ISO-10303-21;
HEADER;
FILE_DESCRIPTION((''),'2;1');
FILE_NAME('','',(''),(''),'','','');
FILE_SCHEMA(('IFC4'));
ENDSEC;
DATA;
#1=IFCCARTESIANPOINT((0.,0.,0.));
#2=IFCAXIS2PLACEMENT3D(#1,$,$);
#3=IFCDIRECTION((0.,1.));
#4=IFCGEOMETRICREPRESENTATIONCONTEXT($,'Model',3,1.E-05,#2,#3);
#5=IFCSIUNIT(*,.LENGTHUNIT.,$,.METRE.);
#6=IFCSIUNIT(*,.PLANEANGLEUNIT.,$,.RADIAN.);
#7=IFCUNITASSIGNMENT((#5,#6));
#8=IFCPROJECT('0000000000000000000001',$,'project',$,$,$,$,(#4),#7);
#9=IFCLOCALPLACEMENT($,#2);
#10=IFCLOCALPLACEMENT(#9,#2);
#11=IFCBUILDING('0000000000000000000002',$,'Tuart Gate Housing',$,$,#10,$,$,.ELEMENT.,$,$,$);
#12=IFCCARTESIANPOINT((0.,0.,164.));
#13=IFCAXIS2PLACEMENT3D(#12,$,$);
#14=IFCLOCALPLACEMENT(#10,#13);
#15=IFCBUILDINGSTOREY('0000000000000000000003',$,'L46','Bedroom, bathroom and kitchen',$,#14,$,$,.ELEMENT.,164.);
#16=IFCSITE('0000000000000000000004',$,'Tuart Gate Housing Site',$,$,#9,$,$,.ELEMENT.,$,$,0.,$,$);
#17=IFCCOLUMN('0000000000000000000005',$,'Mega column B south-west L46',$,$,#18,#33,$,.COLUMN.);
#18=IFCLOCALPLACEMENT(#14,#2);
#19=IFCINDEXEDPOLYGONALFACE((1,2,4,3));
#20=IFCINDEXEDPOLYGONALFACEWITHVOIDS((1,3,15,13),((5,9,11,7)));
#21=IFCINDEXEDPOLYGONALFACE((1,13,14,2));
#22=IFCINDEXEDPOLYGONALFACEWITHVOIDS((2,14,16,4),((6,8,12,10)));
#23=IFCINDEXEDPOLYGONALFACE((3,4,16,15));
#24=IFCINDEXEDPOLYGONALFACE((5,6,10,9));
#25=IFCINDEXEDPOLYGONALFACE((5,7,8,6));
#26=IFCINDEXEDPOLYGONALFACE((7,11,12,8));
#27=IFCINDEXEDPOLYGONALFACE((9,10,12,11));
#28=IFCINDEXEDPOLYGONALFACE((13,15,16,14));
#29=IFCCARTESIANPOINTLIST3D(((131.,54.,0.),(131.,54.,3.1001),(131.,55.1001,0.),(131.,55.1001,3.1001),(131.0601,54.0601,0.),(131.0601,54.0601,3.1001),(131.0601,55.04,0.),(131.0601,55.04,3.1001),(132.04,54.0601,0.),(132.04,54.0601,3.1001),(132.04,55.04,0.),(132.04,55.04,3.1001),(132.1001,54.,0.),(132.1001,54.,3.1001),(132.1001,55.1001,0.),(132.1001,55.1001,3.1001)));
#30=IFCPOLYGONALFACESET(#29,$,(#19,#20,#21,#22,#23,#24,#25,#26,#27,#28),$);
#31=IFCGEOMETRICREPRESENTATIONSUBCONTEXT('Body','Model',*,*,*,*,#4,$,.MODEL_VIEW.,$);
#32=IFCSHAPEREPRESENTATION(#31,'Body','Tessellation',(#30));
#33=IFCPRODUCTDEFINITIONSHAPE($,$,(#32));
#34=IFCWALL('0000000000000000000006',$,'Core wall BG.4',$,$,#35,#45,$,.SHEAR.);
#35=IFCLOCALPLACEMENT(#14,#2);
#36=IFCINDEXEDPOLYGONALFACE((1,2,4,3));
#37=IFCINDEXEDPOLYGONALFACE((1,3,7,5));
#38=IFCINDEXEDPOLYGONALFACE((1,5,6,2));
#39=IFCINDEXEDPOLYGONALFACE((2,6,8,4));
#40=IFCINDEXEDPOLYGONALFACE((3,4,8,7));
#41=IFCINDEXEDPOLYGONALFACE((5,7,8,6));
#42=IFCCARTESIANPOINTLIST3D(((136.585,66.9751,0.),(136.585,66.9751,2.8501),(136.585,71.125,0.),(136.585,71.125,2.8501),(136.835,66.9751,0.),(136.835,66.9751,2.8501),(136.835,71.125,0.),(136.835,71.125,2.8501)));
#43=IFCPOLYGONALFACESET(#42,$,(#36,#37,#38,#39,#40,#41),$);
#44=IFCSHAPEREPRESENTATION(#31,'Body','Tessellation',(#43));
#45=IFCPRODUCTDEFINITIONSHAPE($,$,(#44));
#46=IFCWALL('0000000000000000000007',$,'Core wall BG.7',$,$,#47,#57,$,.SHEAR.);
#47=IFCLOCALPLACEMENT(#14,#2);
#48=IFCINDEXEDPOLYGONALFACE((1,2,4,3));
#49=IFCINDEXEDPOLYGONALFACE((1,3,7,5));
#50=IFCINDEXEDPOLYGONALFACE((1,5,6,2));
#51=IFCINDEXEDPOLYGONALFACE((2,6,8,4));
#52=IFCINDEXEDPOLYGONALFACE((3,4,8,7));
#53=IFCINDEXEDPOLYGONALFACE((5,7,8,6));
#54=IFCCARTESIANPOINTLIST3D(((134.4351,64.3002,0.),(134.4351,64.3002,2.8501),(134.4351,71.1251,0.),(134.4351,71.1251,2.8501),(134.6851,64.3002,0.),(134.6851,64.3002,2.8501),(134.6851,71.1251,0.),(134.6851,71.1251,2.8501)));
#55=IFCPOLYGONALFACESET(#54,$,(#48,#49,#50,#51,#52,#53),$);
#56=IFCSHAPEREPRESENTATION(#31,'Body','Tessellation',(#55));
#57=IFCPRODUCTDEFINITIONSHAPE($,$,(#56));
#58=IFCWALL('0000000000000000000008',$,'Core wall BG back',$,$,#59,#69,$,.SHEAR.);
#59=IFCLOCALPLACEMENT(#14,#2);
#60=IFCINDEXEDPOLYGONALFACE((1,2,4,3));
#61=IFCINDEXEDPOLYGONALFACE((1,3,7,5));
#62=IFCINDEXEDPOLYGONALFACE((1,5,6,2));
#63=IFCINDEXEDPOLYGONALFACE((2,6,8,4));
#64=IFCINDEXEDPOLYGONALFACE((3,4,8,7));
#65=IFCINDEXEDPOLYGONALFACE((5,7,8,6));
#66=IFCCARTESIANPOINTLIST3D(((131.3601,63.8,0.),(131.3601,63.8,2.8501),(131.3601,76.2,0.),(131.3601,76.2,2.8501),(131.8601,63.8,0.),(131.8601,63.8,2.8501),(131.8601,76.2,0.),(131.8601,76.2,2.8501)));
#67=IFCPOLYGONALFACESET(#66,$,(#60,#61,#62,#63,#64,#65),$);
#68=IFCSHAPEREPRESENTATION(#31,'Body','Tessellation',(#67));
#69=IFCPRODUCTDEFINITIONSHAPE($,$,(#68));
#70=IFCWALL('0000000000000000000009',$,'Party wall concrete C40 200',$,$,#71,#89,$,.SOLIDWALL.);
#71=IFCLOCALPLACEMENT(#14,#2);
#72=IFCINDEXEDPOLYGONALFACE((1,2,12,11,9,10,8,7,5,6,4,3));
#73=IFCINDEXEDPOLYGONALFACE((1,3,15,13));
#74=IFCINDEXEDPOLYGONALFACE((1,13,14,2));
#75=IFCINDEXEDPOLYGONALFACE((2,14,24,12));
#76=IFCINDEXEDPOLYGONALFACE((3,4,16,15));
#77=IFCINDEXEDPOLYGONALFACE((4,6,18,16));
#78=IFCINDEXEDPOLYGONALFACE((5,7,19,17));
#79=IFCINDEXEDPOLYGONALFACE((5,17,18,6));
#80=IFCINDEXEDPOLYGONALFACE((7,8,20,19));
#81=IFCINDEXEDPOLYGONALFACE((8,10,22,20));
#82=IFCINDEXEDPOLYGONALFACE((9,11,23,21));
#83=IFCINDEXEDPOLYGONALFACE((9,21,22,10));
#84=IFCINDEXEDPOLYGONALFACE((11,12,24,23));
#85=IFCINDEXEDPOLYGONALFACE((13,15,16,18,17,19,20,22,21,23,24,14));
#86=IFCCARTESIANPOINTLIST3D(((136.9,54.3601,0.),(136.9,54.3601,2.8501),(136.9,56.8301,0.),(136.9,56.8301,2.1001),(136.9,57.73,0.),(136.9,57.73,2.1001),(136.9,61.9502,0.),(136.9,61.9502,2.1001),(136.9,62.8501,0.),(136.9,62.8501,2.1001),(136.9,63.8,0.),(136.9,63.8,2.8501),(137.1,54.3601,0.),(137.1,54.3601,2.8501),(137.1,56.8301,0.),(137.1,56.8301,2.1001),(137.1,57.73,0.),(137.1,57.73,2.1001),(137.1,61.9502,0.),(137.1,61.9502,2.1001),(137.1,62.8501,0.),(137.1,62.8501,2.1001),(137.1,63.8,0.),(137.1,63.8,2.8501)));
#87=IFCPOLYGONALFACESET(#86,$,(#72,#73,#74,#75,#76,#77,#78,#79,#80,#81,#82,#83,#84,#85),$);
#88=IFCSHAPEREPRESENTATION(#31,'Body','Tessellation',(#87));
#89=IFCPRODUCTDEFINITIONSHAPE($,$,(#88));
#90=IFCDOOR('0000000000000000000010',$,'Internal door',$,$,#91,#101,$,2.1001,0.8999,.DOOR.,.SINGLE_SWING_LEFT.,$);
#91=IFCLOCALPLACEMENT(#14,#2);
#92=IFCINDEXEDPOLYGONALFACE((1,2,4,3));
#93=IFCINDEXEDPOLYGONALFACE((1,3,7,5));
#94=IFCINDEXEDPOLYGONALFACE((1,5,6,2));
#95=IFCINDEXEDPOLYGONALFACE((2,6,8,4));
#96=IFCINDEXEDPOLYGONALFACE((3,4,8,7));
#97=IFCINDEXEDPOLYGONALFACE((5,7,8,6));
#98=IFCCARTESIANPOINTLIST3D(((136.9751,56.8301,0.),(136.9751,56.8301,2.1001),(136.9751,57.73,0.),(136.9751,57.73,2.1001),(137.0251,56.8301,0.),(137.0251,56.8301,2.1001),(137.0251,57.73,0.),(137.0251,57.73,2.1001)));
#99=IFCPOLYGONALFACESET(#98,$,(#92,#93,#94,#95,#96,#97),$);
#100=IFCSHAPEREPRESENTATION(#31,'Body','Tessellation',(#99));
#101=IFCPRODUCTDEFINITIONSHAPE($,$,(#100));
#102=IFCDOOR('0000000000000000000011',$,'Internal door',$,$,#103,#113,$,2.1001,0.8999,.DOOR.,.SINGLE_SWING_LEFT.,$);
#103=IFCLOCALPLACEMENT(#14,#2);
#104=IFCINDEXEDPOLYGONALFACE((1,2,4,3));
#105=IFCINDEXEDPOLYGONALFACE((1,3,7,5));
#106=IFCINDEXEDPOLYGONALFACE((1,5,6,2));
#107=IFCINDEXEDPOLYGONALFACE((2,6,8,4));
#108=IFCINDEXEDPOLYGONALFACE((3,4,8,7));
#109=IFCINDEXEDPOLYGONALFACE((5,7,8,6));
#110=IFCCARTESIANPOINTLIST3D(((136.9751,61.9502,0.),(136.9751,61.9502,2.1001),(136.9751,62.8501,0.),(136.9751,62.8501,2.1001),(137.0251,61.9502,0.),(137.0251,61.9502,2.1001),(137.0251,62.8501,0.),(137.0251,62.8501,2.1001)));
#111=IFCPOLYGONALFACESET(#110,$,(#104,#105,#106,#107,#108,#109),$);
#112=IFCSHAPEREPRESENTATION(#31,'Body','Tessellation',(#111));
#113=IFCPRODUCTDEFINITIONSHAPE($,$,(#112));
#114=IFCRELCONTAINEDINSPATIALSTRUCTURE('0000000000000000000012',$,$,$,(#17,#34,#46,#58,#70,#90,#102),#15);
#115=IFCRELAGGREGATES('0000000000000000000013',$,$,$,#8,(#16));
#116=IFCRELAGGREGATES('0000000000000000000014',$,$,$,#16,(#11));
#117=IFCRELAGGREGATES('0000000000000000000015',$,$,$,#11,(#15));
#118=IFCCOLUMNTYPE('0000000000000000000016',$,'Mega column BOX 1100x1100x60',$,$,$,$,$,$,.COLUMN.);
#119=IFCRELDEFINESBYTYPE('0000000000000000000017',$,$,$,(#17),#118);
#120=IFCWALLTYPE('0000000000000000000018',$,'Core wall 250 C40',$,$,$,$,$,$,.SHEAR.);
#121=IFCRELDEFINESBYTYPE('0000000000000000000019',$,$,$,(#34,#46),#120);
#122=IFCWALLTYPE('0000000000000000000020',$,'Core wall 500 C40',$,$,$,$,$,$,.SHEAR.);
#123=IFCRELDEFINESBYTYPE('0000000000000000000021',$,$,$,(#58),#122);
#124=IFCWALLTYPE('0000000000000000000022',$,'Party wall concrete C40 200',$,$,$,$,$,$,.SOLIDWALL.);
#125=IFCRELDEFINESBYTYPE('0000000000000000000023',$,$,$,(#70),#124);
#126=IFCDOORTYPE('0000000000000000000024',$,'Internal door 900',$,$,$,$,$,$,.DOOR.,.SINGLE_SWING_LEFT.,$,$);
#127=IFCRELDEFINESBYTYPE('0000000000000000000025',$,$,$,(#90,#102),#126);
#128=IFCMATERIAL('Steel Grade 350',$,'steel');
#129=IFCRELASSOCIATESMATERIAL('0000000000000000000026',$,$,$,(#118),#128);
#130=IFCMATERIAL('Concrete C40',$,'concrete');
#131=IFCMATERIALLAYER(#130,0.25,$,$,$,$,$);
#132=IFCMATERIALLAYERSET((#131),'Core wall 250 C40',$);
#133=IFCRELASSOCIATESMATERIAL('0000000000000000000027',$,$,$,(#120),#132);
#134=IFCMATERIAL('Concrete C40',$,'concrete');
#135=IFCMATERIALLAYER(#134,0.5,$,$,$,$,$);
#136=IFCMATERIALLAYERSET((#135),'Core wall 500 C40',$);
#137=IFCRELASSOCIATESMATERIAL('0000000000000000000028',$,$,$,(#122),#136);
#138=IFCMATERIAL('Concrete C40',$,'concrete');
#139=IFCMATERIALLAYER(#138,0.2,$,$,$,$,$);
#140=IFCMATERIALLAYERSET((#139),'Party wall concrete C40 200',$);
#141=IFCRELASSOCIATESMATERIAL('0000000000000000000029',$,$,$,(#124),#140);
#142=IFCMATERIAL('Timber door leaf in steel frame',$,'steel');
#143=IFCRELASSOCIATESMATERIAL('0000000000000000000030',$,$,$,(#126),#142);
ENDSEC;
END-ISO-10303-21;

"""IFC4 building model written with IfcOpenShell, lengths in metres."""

from ifc_helpers import new_model, si_unit, direction, frame, frame_2d, origin, origin_2d, place, context, subcontext, project, spatial, rectangle, hollow_rectangle, extrude, material, layer, layer_set, material_profile, profile_set, type_object, element, fill, save


model = new_model("IFC4")

# Units and contexts
model_context = context("Model", 3, precision=1e-05, world=origin(), true_north=direction((0.0, 1.0)))
body_context = subcontext(model_context, "Body", "Model", "MODEL_VIEW")
ifc_project = project(units=[si_unit("LENGTHUNIT", "METRE"), si_unit("PLANEANGLEUNIT", "RADIAN")], contexts=[model_context])

# Site, building, storey
site_placement = place(None, origin())
site = spatial("IfcSite", under=ifc_project, at=site_placement, Name="Tuart Gate Housing Site", CompositionType="ELEMENT", RefElevation=0.0)
building_placement = place(site_placement, origin())
building = spatial("IfcBuilding", under=site, at=building_placement, Name="Tuart Gate Housing", CompositionType="ELEMENT")
storey_placement = place(building_placement, frame((0.0, 0.0, 164.0)))
storey = spatial("IfcBuildingStorey", under=building, at=storey_placement, Name="L46", Description="Bedroom, bathroom and kitchen", CompositionType="ELEMENT", Elevation=164.0)

# Column
ifc_material_1 = material(Name="Steel Grade 350", Category="steel")
ifc_material_profile = material_profile(ifc_material_1, hollow_rectangle(XDim=1.1001, YDim=1.1001, WallThickness=0.0601, at=origin_2d()), Name="BOX 1100x1100x60")
ifc_profile_set = profile_set([ifc_material_profile], Name="Steel Grade 350")
column_type = type_object("IfcColumnType", Name="Mega column BOX 1100x1100x60", PredefinedType="COLUMN", material=ifc_profile_set)
column_placement = place(storey_placement, frame((131.55, 54.55, 0.0), z_axis=(0.0, 0.0, 1.0), x_axis=(1.0, 0.0, 0.0)))
element("IfcColumn", 1, at=column_placement, inside=storey, type_object=column_type, Name="Mega column B south-west L46", PredefinedType="COLUMN", context=body_context, shape_type="SweptSolid", body=[
    extrude(hollow_rectangle(XDim=1.1001, YDim=1.1001, WallThickness=0.0601, at=origin_2d()), origin(), (0.0, 0.0, 1.0), 3.1001),
])

# Walls
ifc_material_2 = material(Name="Concrete C40", Category="concrete")
ifc_layer_1 = layer(ifc_material_2, 0.25)
ifc_layer_set_1 = layer_set([ifc_layer_1], Name="Core wall 250 C40")
wall_type_1 = type_object("IfcWallType", Name="Core wall 250 C40", PredefinedType="SHEAR", material=ifc_layer_set_1)
wall_1_placement = place(storey_placement, frame((136.71, 66.9751, 0.0), z_axis=(0.0, 0.0, 1.0), x_axis=(0.0, 1.0, 0.0)))
element("IfcWall", 2, at=wall_1_placement, inside=storey, type_object=wall_type_1, Name="Core wall BG.4", PredefinedType="SHEAR", context=body_context, shape_type="SweptSolid", body=[
    extrude(rectangle(XDim=4.1499, YDim=0.25, at=frame_2d((2.075, 0.0))), origin(), (0.0, 0.0, 1.0), 2.8501),
])
wall_2_placement = place(storey_placement, frame((134.5601, 64.3, 0.0), z_axis=(0.0, 0.0, 1.0), x_axis=(0.0, 1.0, 0.0)))
element("IfcWall", 3, at=wall_2_placement, inside=storey, type_object=wall_type_1, Name="Core wall BG.7", PredefinedType="SHEAR", context=body_context, shape_type="SweptSolid", body=[
    extrude(rectangle(XDim=6.825, YDim=0.25, at=frame_2d((3.4126, 0.0))), origin(), (0.0, 0.0, 1.0), 2.8501),
])
ifc_material_3 = material(Name="Concrete C40", Category="concrete")
ifc_layer_2 = layer(ifc_material_3, 0.5)
ifc_layer_set_2 = layer_set([ifc_layer_2], Name="Core wall 500 C40")
wall_type_2 = type_object("IfcWallType", Name="Core wall 500 C40", PredefinedType="SHEAR", material=ifc_layer_set_2)
wall_3_placement = place(storey_placement, frame((131.6101, 63.8, 0.0), z_axis=(0.0, 0.0, 1.0), x_axis=(0.0, 1.0, 0.0)))
element("IfcWall", 4, at=wall_3_placement, inside=storey, type_object=wall_type_2, Name="Core wall BG back", PredefinedType="SHEAR", context=body_context, shape_type="SweptSolid", body=[
    extrude(rectangle(XDim=12.3999, YDim=0.5, at=frame_2d((6.2, 0.0))), origin(), (0.0, 0.0, 1.0), 2.8501),
])

# Wall, openings, doors
ifc_material_4 = material(Name="Concrete C40", Category="concrete")
ifc_layer_3 = layer(ifc_material_4, 0.2)
ifc_layer_set_3 = layer_set([ifc_layer_3], Name="Party wall concrete C40 200")
wall_type_3 = type_object("IfcWallType", Name="Party wall concrete C40 200", PredefinedType="SOLIDWALL", material=ifc_layer_set_3)
wall_4_placement = place(storey_placement, frame((137.0, 54.3601, 0.0), z_axis=(0.0, 0.0, 1.0), x_axis=(0.0, 1.0, 0.0)))
wall_4 = element("IfcWall", 5, at=wall_4_placement, inside=storey, type_object=wall_type_3, Name="Party wall concrete C40 200", PredefinedType="SOLIDWALL", context=body_context, shape_type="SweptSolid", body=[
    extrude(rectangle(XDim=9.4399, YDim=0.2, at=frame_2d((4.72, 0.0))), origin(), (0.0, 0.0, 1.0), 2.8501),
])
opening_1_placement = place(wall_4_placement, frame((2.47, 0.0, 0.0)))
opening_1 = element("IfcOpeningElement", 6, at=opening_1_placement, cuts=wall_4, PredefinedType="OPENING", context=body_context, shape_type="SweptSolid", body=[
    extrude(rectangle(XDim=0.8999, YDim=2.1001, at=frame_2d((0.45, 1.05))), frame((0.0, 0.1099, 0.0), z_axis=(0.0, -1.0, 0.0), x_axis=(1.0, 0.0, 0.0)), (0.0, 0.0, 1.0), 0.22),
])
opening_2_placement = place(wall_4_placement, frame((7.5901, 0.0, 0.0)))
opening_2 = element("IfcOpeningElement", 7, at=opening_2_placement, cuts=wall_4, PredefinedType="OPENING", context=body_context, shape_type="SweptSolid", body=[
    extrude(rectangle(XDim=0.8999, YDim=2.1001, at=frame_2d((0.45, 1.05))), frame((0.0, 0.1099, 0.0), z_axis=(0.0, -1.0, 0.0), x_axis=(1.0, 0.0, 0.0)), (0.0, 0.0, 1.0), 0.22),
])
ifc_material_5 = material(Name="Timber door leaf in steel frame", Category="steel")
door_type = type_object("IfcDoorType", Name="Internal door 900", OperationType="SINGLE_SWING_LEFT", PredefinedType="DOOR", material=ifc_material_5)
door_1_placement = place(opening_1_placement, origin())
door_1 = element("IfcDoor", 8, at=door_1_placement, inside=storey, type_object=door_type, Name="Internal door", OperationType="SINGLE_SWING_LEFT", OverallHeight=2.1001, OverallWidth=0.8999, PredefinedType="DOOR", context=body_context, shape_type="SweptSolid", body=[
    extrude(rectangle(XDim=0.8999, YDim=2.1001, at=frame_2d((0.45, 1.05))), frame((0.0, 0.0249, 0.0), z_axis=(0.0, -1.0, 0.0), x_axis=(1.0, 0.0, 0.0)), (0.0, 0.0, 1.0), 0.05),
])
fill(opening_1, door_1)
door_2_placement = place(opening_2_placement, origin())
door_2 = element("IfcDoor", 9, at=door_2_placement, inside=storey, type_object=door_type, Name="Internal door", OperationType="SINGLE_SWING_LEFT", OverallHeight=2.1001, OverallWidth=0.8999, PredefinedType="DOOR", context=body_context, shape_type="SweptSolid", body=[
    extrude(rectangle(XDim=0.8999, YDim=2.1001, at=frame_2d((0.45, 1.05))), frame((0.0, 0.0249, 0.0), z_axis=(0.0, -1.0, 0.0), x_axis=(1.0, 0.0, 0.0)), (0.0, 0.0, 1.0), 0.05),
])
fill(opening_2, door_2)

save(model, "model.ifc")
